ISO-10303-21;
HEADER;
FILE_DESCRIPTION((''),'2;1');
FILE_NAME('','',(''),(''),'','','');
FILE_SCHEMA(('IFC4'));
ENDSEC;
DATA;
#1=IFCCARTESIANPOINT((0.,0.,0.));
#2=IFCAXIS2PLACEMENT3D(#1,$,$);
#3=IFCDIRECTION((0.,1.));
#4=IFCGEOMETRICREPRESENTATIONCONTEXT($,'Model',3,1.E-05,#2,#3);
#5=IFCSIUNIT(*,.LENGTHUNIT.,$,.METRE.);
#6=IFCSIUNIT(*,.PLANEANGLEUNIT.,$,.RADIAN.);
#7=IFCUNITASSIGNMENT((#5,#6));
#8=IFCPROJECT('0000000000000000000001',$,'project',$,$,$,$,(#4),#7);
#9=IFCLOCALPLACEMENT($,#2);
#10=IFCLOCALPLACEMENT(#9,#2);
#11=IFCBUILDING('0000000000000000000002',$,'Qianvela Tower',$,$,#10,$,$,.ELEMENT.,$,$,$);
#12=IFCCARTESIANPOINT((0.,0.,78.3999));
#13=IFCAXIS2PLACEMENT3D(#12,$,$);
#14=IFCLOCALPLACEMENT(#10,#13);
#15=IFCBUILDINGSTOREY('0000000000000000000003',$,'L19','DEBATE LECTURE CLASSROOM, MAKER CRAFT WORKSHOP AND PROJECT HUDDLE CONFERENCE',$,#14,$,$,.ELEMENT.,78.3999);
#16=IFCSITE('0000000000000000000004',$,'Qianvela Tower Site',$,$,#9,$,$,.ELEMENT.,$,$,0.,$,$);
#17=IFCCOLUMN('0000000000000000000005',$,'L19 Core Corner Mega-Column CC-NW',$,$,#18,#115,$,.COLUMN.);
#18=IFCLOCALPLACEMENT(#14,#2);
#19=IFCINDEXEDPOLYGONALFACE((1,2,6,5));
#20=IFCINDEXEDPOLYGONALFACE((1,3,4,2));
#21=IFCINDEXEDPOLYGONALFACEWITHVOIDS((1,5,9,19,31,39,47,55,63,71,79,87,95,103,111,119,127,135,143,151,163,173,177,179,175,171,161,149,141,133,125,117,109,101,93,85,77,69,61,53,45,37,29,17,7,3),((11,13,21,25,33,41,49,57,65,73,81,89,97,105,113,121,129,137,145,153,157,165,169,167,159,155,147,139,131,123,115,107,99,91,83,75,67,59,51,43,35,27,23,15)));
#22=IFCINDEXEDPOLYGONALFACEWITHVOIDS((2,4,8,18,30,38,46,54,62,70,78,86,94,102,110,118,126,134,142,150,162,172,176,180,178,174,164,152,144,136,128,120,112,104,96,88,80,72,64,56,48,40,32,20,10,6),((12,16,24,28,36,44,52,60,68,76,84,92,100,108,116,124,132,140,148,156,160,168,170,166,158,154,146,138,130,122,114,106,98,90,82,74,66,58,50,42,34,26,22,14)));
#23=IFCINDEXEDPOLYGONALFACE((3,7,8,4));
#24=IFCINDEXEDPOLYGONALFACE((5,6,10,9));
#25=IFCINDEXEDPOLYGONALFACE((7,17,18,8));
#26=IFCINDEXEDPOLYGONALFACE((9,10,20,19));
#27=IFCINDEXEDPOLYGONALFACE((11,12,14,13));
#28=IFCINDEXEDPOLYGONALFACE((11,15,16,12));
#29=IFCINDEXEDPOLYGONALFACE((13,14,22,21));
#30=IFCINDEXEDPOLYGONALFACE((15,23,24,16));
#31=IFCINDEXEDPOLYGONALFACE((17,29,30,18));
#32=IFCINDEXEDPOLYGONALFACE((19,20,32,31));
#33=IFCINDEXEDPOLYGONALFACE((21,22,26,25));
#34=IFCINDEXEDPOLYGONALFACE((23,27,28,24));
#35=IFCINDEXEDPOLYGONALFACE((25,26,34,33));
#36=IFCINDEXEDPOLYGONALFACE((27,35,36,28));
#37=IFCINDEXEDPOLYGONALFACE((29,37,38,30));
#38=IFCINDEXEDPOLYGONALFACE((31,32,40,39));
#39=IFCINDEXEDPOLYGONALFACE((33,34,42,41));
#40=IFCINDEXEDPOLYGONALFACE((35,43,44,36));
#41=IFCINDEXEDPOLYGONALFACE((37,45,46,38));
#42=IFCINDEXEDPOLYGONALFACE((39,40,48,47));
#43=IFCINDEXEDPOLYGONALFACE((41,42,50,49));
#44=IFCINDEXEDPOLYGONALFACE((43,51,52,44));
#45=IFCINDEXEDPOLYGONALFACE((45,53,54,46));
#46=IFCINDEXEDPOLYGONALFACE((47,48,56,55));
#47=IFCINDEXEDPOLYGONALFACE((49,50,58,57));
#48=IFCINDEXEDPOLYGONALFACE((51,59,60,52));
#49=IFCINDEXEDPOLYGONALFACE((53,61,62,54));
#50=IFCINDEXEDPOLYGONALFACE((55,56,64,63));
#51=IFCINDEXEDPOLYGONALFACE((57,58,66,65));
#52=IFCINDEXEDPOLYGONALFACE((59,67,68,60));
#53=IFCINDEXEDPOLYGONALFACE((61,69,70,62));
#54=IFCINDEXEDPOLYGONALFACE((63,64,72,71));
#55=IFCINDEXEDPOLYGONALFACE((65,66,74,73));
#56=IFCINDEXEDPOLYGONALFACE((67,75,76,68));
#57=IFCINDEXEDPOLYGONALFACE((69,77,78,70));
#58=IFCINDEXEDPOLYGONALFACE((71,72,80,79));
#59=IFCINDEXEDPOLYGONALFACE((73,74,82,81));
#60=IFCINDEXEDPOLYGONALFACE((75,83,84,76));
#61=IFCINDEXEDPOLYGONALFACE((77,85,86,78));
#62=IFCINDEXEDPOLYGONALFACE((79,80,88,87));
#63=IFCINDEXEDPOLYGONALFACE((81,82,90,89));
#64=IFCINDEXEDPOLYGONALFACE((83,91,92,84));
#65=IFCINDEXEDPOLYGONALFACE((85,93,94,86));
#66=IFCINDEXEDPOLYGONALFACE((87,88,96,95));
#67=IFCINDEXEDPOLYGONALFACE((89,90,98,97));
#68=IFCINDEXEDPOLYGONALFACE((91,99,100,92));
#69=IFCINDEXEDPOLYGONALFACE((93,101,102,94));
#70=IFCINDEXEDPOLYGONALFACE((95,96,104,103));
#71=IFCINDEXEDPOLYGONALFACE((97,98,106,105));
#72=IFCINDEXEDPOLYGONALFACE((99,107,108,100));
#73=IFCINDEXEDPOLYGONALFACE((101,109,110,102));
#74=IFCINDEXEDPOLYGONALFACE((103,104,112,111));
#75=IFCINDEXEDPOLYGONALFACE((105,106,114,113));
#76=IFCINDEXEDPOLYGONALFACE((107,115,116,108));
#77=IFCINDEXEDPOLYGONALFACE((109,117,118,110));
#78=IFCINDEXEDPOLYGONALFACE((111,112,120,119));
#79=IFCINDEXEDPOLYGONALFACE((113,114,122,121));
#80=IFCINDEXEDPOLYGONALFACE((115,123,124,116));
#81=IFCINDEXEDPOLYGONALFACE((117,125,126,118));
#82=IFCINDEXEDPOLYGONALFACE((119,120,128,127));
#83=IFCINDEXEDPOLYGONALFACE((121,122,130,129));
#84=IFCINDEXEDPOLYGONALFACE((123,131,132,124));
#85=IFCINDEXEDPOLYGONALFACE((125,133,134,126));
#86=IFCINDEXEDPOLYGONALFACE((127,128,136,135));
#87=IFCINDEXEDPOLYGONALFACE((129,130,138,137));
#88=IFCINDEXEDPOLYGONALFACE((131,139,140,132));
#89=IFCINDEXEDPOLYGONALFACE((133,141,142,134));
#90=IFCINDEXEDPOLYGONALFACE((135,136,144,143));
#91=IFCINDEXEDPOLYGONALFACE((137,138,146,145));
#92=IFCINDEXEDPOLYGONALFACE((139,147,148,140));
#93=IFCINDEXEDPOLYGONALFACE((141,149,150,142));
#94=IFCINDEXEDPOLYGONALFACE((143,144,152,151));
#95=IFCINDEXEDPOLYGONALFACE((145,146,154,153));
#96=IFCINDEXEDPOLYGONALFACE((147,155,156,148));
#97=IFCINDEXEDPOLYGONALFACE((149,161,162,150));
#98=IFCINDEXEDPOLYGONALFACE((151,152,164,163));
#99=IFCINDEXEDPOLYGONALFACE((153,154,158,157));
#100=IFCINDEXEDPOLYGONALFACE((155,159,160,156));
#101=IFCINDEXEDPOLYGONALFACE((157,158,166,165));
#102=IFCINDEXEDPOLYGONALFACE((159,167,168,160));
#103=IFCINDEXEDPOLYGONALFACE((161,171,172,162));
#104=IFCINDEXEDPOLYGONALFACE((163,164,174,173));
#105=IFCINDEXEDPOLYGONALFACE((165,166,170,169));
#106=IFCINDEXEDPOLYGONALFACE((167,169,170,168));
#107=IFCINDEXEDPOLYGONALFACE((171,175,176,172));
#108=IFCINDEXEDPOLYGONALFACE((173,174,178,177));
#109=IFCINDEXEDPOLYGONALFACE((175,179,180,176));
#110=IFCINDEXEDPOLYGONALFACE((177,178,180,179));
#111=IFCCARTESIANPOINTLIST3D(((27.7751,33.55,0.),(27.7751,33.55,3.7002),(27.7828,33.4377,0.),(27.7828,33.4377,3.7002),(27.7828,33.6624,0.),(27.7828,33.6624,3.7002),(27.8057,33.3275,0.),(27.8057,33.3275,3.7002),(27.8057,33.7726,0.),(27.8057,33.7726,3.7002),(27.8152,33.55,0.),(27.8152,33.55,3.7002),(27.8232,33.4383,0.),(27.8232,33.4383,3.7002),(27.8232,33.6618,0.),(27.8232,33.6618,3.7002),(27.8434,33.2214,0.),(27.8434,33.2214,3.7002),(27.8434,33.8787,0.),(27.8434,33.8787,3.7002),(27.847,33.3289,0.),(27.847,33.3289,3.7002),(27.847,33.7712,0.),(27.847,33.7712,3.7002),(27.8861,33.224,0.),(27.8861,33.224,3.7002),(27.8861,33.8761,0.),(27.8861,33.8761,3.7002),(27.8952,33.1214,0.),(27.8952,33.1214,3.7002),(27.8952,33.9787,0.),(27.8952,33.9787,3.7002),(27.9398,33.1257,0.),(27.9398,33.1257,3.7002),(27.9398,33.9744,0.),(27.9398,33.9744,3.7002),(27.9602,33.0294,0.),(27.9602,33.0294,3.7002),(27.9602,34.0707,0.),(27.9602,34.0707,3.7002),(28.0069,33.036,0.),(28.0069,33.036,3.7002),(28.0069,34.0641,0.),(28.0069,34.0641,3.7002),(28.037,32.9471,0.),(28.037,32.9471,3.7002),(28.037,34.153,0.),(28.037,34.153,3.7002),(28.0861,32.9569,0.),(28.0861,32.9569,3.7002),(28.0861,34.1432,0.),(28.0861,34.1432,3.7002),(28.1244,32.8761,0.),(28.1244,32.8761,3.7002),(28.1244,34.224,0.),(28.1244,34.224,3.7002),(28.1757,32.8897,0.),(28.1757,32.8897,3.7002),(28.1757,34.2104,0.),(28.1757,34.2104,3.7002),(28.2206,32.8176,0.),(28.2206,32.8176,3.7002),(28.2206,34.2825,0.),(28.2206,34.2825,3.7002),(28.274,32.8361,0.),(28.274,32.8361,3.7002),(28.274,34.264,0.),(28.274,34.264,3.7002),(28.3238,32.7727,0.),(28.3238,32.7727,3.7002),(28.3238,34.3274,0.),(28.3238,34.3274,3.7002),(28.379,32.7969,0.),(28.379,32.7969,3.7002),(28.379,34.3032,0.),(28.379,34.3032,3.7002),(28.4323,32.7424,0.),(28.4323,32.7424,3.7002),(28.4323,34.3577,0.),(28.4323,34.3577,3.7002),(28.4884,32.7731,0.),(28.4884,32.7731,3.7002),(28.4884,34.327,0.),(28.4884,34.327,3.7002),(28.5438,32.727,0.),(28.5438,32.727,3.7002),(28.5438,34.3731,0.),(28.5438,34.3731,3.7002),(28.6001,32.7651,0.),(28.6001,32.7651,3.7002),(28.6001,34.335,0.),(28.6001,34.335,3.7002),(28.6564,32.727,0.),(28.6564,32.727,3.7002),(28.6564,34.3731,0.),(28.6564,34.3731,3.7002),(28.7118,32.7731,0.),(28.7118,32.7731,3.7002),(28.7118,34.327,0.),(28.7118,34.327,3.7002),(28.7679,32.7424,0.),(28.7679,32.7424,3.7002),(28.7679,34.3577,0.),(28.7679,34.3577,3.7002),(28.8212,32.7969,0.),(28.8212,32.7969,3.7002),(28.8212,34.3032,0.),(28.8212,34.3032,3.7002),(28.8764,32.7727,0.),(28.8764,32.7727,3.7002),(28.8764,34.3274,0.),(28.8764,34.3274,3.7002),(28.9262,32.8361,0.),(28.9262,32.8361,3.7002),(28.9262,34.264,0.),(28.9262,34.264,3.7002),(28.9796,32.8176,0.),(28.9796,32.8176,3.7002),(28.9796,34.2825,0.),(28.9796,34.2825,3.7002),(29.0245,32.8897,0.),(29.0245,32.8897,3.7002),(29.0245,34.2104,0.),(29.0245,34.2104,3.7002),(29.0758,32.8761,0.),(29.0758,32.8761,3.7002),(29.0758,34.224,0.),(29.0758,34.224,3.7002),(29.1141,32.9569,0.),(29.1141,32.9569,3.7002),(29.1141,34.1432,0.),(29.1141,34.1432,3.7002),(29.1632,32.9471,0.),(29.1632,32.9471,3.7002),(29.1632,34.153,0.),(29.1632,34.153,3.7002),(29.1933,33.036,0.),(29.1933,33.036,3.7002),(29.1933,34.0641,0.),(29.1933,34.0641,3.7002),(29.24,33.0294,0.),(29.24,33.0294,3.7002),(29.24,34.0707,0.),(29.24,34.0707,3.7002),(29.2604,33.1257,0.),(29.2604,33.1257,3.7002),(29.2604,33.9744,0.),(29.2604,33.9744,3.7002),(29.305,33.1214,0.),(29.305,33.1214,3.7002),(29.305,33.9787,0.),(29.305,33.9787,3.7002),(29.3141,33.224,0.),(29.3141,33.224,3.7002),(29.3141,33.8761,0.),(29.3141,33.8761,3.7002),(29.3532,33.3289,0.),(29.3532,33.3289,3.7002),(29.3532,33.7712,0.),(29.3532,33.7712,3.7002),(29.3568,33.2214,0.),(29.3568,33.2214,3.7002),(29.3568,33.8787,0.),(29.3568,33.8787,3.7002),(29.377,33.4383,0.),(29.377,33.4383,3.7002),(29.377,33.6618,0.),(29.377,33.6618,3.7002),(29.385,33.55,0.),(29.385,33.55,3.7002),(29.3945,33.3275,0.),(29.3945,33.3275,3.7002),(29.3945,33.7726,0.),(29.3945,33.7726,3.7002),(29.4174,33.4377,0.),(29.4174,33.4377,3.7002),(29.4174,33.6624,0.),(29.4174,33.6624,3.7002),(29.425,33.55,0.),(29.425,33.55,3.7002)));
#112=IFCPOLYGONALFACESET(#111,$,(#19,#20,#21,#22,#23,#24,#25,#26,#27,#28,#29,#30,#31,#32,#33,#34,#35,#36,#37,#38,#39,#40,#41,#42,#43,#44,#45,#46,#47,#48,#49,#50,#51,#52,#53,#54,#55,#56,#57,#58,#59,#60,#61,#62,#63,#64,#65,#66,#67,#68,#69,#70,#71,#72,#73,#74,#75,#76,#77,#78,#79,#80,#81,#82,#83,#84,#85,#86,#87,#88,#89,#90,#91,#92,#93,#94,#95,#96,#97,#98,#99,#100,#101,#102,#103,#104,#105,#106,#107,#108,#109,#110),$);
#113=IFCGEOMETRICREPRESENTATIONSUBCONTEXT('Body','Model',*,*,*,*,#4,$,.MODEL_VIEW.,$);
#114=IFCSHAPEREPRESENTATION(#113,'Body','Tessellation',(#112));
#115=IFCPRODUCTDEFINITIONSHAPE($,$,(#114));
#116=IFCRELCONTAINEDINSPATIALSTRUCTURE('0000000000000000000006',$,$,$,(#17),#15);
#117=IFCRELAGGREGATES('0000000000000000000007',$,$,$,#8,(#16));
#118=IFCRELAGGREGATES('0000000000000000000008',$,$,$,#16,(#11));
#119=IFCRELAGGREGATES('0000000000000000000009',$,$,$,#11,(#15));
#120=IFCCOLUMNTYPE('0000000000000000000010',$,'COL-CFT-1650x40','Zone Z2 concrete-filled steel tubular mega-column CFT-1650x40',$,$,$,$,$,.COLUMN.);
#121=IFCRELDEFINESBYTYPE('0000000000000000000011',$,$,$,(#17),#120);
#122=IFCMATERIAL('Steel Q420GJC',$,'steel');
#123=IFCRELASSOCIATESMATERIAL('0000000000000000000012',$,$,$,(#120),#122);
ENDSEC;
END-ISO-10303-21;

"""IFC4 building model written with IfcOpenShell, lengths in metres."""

from ifc_helpers import new_model, si_unit, direction, frame, origin, origin_2d, place, context, subcontext, project, spatial, hollow_circle, extrude, material, material_profile, profile_set, type_object, element, save


model = new_model("IFC4")

# Units and contexts
model_context = context("Model", 3, precision=1e-05, world=origin(), true_north=direction((0.0, 1.0)))
body_context = subcontext(model_context, "Body", "Model", "MODEL_VIEW")
ifc_project = project(units=[si_unit("LENGTHUNIT", "METRE"), si_unit("PLANEANGLEUNIT", "RADIAN")], contexts=[model_context])

# Site, building, storey
site_placement = place(None, origin())
site = spatial("IfcSite", under=ifc_project, at=site_placement, Name="Qianvela Tower Site", CompositionType="ELEMENT", RefElevation=0.0)
building_placement = place(site_placement, origin())
building = spatial("IfcBuilding", under=site, at=building_placement, Name="Qianvela Tower", CompositionType="ELEMENT")
storey_placement = place(building_placement, frame((0.0, 0.0, 78.3999)))
storey = spatial("IfcBuildingStorey", under=building, at=storey_placement, Name="L19", Description="DEBATE LECTURE CLASSROOM, MAKER CRAFT WORKSHOP AND PROJECT HUDDLE CONFERENCE", CompositionType="ELEMENT", Elevation=78.3999)

# Column
ifc_material_1 = material(Name="Steel Q420GJC", Category="steel")
ifc_material_profile_1 = material_profile(ifc_material_1, hollow_circle(Radius=0.825, WallThickness=0.04, at=origin_2d()), Name="CFT-1650x40")
ifc_profile_set_1 = profile_set([ifc_material_profile_1], Name="Steel Q420GJC")
column_type = type_object("IfcColumnType", Name="COL-CFT-1650x40", Description="Zone Z2 concrete-filled steel tubular mega-column CFT-1650x40", PredefinedType="COLUMN", material=ifc_profile_set_1)
for number, where, z_axis, x_axis, name in (
    (1, (28.6001, 33.55, 0.0), (0.0, 0.0, 1.0), (1.0, 0.0, 0.0), "L19 Core Corner Mega-Column CC-NW"),
):
    element("IfcColumn", number, at=place(storey_placement, frame(where, z_axis=z_axis, x_axis=x_axis)), inside=storey, type_object=column_type, Name=name, PredefinedType="COLUMN", context=body_context, shape_type="SweptSolid", body=[
        extrude(hollow_circle(Radius=0.825, WallThickness=0.04, at=origin_2d()), origin(), (0.0, 0.0, 1.0), 3.7002),
    ])

save(model, "model.ifc")
